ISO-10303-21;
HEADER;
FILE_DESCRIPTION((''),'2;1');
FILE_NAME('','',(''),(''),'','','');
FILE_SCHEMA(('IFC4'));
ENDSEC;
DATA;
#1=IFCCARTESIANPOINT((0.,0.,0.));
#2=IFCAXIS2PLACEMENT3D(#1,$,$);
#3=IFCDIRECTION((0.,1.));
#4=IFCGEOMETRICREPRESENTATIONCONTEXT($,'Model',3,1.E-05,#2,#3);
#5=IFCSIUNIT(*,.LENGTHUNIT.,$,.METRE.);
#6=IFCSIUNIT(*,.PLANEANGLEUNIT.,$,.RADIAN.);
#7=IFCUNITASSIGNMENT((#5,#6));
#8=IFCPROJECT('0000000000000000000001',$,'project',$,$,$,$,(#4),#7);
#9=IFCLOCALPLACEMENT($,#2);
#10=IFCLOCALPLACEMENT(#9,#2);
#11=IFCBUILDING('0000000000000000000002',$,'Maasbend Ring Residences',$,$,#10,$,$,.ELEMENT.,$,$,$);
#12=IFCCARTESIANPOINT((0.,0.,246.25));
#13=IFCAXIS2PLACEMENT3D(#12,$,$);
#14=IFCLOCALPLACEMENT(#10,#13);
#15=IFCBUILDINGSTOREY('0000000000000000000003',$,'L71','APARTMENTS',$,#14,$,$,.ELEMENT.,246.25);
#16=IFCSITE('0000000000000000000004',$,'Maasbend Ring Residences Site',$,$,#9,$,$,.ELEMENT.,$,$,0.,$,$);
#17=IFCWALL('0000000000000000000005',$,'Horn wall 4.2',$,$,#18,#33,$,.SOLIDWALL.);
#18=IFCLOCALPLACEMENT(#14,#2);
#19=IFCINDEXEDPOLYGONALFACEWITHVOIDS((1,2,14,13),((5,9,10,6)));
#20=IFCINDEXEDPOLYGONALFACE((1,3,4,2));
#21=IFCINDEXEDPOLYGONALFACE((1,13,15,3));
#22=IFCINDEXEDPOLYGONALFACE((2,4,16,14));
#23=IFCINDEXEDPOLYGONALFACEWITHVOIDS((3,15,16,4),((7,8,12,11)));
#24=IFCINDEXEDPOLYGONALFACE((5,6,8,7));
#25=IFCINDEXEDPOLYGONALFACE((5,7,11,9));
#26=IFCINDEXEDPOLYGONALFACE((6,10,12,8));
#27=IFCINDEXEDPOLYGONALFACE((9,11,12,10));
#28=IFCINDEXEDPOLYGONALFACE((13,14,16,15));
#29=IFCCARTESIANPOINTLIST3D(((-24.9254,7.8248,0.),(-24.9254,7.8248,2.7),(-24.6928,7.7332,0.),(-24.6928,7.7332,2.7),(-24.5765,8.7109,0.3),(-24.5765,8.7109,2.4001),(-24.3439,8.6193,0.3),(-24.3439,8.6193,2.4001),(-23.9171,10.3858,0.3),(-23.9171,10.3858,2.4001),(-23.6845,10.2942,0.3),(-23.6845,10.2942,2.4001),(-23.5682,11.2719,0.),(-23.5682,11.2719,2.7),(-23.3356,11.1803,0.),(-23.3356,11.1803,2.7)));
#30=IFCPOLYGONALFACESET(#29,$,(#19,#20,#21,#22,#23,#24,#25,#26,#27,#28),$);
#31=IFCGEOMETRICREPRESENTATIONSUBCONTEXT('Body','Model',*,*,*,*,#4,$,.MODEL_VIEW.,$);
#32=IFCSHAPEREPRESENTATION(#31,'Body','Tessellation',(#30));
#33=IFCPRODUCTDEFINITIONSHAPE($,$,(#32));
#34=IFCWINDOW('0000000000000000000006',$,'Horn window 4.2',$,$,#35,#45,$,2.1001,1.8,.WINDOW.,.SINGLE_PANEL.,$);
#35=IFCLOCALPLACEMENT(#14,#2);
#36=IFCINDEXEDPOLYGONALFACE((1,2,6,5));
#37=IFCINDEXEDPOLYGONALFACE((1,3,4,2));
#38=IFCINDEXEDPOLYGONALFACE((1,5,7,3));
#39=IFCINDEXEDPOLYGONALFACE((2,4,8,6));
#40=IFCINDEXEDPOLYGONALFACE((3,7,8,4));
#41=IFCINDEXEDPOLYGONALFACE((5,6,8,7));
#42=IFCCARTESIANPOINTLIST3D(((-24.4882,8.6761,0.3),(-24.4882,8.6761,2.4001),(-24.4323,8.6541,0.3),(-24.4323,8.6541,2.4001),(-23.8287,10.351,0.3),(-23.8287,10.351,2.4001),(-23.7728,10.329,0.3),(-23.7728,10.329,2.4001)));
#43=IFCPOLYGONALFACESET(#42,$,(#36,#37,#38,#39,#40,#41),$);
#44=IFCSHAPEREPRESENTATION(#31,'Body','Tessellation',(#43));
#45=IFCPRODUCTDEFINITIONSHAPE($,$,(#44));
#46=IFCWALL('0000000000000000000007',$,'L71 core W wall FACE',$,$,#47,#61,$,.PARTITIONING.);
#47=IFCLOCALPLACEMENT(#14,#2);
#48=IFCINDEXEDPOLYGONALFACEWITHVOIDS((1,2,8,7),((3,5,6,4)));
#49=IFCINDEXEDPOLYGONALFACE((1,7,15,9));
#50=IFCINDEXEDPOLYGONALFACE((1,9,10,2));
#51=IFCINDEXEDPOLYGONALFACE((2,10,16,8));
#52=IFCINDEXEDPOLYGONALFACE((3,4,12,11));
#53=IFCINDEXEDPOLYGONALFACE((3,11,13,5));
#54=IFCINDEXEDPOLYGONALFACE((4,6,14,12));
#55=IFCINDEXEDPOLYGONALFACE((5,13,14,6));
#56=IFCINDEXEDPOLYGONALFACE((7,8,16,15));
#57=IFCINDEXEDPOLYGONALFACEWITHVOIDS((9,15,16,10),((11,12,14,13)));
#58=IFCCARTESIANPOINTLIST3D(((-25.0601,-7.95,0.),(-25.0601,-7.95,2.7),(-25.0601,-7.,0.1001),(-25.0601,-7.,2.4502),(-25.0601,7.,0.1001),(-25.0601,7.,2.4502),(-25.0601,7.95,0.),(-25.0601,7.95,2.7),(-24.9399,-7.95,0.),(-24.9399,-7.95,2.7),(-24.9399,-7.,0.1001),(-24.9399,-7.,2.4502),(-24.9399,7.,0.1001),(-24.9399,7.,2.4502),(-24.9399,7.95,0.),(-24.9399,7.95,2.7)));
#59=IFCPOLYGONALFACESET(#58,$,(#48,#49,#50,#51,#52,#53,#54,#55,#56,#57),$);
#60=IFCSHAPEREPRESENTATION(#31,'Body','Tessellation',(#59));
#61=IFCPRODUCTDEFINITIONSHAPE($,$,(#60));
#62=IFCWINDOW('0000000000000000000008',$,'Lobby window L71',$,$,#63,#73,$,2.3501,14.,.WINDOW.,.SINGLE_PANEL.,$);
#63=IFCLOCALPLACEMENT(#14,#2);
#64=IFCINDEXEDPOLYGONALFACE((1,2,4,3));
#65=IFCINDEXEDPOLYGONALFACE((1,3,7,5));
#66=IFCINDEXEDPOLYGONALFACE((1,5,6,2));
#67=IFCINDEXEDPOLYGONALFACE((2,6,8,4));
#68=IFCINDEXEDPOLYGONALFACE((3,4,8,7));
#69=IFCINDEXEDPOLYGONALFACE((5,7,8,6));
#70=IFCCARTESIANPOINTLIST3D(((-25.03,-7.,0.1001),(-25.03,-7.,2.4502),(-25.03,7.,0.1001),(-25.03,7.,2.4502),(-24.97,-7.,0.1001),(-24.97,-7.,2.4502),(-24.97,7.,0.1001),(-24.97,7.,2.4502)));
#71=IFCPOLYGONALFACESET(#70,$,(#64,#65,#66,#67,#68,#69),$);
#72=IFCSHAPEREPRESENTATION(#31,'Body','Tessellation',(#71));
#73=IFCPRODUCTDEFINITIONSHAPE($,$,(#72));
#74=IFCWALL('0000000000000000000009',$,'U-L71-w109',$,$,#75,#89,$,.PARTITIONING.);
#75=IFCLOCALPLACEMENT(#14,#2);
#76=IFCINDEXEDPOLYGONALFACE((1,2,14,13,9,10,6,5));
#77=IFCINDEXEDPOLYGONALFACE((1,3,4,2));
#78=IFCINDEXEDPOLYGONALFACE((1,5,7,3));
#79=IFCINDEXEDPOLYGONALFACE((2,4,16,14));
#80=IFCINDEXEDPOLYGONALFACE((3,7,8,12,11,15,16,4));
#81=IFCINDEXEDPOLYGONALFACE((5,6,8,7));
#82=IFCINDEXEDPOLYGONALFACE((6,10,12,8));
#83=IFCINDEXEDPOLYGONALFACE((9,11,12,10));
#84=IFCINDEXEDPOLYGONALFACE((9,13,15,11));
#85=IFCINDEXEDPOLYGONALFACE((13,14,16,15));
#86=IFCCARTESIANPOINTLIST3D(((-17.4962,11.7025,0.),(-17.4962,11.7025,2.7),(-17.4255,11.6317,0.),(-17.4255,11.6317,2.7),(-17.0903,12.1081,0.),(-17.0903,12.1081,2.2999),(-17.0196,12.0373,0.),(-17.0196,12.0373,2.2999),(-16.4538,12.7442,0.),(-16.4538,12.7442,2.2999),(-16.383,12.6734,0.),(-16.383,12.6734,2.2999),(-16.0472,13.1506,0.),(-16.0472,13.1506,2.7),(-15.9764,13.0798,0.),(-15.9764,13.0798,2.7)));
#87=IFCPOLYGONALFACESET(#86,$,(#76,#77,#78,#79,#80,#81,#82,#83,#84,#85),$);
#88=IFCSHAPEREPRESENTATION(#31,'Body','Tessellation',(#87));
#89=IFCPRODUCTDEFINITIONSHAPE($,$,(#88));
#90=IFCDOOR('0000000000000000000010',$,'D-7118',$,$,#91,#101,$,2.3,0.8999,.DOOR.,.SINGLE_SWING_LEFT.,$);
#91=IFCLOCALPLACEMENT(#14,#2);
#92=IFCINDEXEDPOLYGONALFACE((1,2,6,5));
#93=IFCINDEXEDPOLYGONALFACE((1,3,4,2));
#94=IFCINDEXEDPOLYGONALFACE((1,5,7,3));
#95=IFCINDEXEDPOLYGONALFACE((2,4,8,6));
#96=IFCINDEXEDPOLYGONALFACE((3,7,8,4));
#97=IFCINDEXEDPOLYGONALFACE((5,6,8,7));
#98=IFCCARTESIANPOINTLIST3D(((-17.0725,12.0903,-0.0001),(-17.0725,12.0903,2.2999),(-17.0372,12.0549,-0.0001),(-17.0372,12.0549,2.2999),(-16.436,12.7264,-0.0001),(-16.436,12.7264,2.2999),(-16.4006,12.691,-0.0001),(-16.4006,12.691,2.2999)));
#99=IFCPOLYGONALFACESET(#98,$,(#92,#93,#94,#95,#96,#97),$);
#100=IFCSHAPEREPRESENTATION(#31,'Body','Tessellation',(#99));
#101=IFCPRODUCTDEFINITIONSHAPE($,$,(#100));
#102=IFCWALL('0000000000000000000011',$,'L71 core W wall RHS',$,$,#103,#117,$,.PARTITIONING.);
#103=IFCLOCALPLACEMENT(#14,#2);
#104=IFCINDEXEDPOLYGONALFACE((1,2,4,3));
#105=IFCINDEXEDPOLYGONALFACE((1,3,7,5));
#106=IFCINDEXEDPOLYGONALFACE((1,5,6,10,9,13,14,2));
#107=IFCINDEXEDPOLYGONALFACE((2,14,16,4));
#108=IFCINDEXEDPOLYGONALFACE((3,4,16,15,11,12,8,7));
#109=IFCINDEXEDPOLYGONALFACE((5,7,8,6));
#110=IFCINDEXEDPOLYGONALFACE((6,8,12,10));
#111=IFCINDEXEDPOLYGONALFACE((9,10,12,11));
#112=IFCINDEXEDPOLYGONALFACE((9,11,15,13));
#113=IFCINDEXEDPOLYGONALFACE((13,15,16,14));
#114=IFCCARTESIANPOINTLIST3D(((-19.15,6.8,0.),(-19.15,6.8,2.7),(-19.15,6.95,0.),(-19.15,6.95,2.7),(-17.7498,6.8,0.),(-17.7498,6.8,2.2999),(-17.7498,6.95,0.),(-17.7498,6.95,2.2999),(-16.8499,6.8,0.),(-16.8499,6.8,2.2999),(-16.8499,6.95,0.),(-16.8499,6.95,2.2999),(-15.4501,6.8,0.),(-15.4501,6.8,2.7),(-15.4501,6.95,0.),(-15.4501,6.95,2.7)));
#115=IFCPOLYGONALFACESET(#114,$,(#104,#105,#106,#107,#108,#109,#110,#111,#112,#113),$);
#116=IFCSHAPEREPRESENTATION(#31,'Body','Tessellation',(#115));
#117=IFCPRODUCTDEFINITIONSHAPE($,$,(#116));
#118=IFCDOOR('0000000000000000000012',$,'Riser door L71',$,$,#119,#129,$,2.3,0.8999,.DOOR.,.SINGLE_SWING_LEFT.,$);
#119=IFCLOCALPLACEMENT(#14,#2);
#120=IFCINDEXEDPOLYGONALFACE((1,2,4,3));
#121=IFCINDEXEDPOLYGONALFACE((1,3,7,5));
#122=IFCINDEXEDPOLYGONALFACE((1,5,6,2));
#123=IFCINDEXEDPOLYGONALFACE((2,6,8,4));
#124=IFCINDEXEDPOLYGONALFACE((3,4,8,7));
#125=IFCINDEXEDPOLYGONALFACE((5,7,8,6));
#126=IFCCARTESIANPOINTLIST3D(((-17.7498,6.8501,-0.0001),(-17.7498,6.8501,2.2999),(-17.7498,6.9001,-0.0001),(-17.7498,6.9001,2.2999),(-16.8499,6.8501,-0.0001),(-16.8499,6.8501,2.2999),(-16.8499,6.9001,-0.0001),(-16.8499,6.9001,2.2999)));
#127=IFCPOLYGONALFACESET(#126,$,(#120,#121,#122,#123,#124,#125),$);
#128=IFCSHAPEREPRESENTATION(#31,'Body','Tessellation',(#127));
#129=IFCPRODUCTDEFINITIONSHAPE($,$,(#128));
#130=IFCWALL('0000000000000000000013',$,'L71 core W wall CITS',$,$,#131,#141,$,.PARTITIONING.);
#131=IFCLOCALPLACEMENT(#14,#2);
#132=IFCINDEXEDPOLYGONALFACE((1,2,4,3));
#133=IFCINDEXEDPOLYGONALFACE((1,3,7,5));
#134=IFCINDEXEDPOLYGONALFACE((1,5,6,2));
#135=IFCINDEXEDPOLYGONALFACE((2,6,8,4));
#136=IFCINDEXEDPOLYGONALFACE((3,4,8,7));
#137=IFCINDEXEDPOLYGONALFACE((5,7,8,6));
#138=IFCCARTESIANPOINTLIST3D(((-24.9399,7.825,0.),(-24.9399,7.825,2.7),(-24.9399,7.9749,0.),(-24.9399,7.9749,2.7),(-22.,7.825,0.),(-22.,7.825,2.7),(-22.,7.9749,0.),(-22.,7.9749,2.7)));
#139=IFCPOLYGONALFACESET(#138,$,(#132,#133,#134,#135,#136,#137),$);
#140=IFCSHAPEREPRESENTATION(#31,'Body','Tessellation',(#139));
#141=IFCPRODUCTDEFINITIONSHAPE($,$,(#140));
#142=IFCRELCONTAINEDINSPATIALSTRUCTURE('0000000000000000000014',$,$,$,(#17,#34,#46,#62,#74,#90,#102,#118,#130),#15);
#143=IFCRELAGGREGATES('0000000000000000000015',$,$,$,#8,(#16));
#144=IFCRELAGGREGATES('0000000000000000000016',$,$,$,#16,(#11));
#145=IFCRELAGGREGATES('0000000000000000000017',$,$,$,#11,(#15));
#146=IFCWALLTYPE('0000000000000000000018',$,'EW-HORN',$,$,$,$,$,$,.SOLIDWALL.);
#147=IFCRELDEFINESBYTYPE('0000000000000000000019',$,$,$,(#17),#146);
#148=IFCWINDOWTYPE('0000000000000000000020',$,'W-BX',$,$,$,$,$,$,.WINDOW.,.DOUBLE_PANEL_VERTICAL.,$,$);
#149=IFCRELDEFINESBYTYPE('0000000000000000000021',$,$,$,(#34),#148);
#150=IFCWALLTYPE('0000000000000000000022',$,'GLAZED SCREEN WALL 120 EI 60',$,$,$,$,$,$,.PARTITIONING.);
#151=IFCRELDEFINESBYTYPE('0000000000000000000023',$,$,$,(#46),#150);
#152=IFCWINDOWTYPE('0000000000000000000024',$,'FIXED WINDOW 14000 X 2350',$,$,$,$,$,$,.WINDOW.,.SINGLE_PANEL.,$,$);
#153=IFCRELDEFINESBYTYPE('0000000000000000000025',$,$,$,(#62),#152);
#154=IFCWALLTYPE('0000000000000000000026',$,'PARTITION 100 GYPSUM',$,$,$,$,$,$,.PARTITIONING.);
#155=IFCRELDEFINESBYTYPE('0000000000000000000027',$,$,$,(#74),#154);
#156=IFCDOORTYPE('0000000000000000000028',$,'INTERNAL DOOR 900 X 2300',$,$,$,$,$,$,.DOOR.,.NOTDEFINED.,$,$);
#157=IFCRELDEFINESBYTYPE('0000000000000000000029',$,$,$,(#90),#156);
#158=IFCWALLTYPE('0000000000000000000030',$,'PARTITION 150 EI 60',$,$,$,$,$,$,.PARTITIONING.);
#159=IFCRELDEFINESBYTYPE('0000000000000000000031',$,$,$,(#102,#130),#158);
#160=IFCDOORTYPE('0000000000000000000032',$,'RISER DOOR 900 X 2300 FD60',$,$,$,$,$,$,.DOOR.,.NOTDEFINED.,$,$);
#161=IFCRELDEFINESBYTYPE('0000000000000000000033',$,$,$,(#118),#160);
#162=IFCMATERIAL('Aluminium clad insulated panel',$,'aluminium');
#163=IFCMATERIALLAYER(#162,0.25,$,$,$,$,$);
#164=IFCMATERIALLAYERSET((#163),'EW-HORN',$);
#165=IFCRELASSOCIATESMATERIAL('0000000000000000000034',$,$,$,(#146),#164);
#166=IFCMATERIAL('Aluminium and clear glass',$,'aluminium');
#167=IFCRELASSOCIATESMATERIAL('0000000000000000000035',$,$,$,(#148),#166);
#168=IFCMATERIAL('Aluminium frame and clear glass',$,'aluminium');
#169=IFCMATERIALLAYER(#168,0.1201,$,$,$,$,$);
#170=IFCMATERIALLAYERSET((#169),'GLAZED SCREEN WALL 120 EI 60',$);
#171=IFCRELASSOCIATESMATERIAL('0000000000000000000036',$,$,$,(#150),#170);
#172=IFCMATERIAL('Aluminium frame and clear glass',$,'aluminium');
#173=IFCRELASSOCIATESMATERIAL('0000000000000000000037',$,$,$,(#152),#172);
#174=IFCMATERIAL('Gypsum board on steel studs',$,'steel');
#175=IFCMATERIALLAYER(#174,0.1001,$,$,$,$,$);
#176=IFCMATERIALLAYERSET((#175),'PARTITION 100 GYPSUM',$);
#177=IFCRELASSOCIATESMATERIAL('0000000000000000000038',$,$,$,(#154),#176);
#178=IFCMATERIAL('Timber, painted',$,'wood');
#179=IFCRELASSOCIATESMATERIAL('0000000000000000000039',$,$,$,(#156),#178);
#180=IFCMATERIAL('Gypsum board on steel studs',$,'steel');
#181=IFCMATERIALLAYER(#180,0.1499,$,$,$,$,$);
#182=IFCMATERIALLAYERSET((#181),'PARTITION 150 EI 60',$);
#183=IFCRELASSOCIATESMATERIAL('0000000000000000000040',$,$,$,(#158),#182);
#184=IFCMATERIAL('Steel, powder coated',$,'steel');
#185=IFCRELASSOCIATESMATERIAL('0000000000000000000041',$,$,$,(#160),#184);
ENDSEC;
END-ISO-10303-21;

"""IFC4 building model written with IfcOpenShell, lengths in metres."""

from ifc_helpers import new_model, si_unit, direction, frame, frame_2d, origin, place, context, subcontext, project, spatial, rectangle, extrude, material, layer, layer_set, type_object, element, fill, save


model = new_model("IFC4")

# Units and contexts
model_context = context("Model", 3, precision=1e-05, world=origin(), true_north=direction((0.0, 1.0)))
body_context = subcontext(model_context, "Body", "Model", "MODEL_VIEW")
ifc_project = project(units=[si_unit("LENGTHUNIT", "METRE"), si_unit("PLANEANGLEUNIT", "RADIAN")], contexts=[model_context])

# Site, building, storey
site_placement = place(None, origin())
site = spatial("IfcSite", under=ifc_project, at=site_placement, Name="Maasbend Ring Residences Site", CompositionType="ELEMENT", RefElevation=0.0)
building_placement = place(site_placement, origin())
building = spatial("IfcBuilding", under=site, at=building_placement, Name="Maasbend Ring Residences", CompositionType="ELEMENT")
storey_placement = place(building_placement, frame((0.0, 0.0, 246.25)))
storey = spatial("IfcBuildingStorey", under=building, at=storey_placement, Name="L71", Description="APARTMENTS", CompositionType="ELEMENT", Elevation=246.25)

# Walls, openings, windows
ifc_material_1 = material(Name="Aluminium clad insulated panel", Category="aluminium")
ifc_layer_1 = layer(ifc_material_1, 0.25)
ifc_layer_set_1 = layer_set([ifc_layer_1], Name="EW-HORN")
wall_type_1 = type_object("IfcWallType", Name="EW-HORN", PredefinedType="SOLIDWALL", material=ifc_layer_set_1)
wall_1_placement = place(storey_placement, frame((-23.4519, 11.2261, 0.0), z_axis=(0.0, 0.0, 1.0), x_axis=(-0.366352, -0.930476, 0.0)))
wall_1 = element("IfcWall", 1, at=wall_1_placement, inside=storey, type_object=wall_type_1, Name="Horn wall 4.2", PredefinedType="SOLIDWALL", context=body_context, shape_type="SweptSolid", body=[
    extrude(rectangle(XDim=3.7046, YDim=0.25, at=frame_2d((1.8523, 0.0))), origin(), (0.0, 0.0, 1.0), 2.7),
])
opening_1_placement = place(wall_1_placement, frame((0.9524, 0.0, 0.3)))
opening_1 = element("IfcOpeningElement", 2, at=opening_1_placement, cuts=wall_1, PredefinedType="OPENING", context=body_context, shape_type="SweptSolid", body=[
    extrude(rectangle(XDim=1.8, YDim=2.1001, at=frame_2d((0.8999, 1.05))), frame((0.0, 0.135, 0.0), z_axis=(0.0, -1.0, 0.0), x_axis=(1.0, 0.0, 0.0)), (0.0, 0.0, 1.0), 0.27),
])
ifc_material_2 = material(Name="Aluminium and clear glass", Category="aluminium")
window_type_1 = type_object("IfcWindowType", Name="W-BX", PartitioningType="DOUBLE_PANEL_VERTICAL", PredefinedType="WINDOW", material=ifc_material_2)
window_1_placement = place(opening_1_placement, origin())
window_1 = element("IfcWindow", 3, at=window_1_placement, inside=storey, type_object=window_type_1, Name="Horn window 4.2", OverallHeight=2.1001, OverallWidth=1.8, PartitioningType="SINGLE_PANEL", PredefinedType="WINDOW", context=body_context, shape_type="SweptSolid", body=[
    extrude(rectangle(XDim=1.8, YDim=2.1001, at=frame_2d((0.8999, 1.05))), frame((0.0, 0.03, 0.0), z_axis=(0.0, -1.0, 0.0), x_axis=(1.0, 0.0, 0.0)), (0.0, 0.0, 1.0), 0.0601),
])
fill(opening_1, window_1)
ifc_material_3 = material(Name="Aluminium frame and clear glass", Category="aluminium")
ifc_layer_2 = layer(ifc_material_3, 0.1201)
ifc_layer_set_2 = layer_set([ifc_layer_2], Name="GLAZED SCREEN WALL 120 EI 60")
wall_type_2 = type_object("IfcWallType", Name="GLAZED SCREEN WALL 120 EI 60", PredefinedType="PARTITIONING", material=ifc_layer_set_2)
wall_2_placement = place(storey_placement, frame((-25.0, 7.95, 0.0), z_axis=(0.0, 0.0, 1.0), x_axis=(0.0, -1.0, 0.0)))
wall_2 = element("IfcWall", 4, at=wall_2_placement, inside=storey, type_object=wall_type_2, Name="L71 core W wall FACE", PredefinedType="PARTITIONING", context=body_context, shape_type="SweptSolid", body=[
    extrude(rectangle(XDim=15.8999, YDim=0.1201, at=frame_2d((7.95, 0.0))), origin(), (0.0, 0.0, 1.0), 2.7),
])
opening_2_placement = place(wall_2_placement, frame((0.95, 0.0, 0.1001)))
opening_2 = element("IfcOpeningElement", 5, at=opening_2_placement, cuts=wall_2, PredefinedType="OPENING", context=body_context, shape_type="SweptSolid", body=[
    extrude(rectangle(XDim=14.0, YDim=2.3501, at=frame_2d((7.0, 1.175))), frame((0.0, 0.0701, 0.0), z_axis=(0.0, -1.0, 0.0), x_axis=(1.0, 0.0, 0.0)), (0.0, 0.0, 1.0), 0.1401),
])
ifc_material_4 = material(Name="Aluminium frame and clear glass", Category="aluminium")
window_type_2 = type_object("IfcWindowType", Name="FIXED WINDOW 14000 X 2350", PartitioningType="SINGLE_PANEL", PredefinedType="WINDOW", material=ifc_material_4)
window_2_placement = place(opening_2_placement, origin())
window_2 = element("IfcWindow", 6, at=window_2_placement, inside=storey, type_object=window_type_2, Name="Lobby window L71", OverallHeight=2.3501, OverallWidth=14.0, PartitioningType="SINGLE_PANEL", PredefinedType="WINDOW", context=body_context, shape_type="SweptSolid", body=[
    extrude(rectangle(XDim=14.0, YDim=2.3501, at=frame_2d((7.0, 1.175))), frame((0.0, 0.03, 0.0), z_axis=(0.0, -1.0, 0.0), x_axis=(1.0, 0.0, 0.0)), (0.0, 0.0, 1.0), 0.0601),
])
fill(opening_2, window_2)

# Walls, openings, doors
ifc_material_5 = material(Name="Gypsum board on steel studs", Category="steel")
ifc_layer_3 = layer(ifc_material_5, 0.1001)
ifc_layer_set_3 = layer_set([ifc_layer_3], Name="PARTITION 100 GYPSUM")
wall_type_3 = type_object("IfcWallType", Name="PARTITION 100 GYPSUM", PredefinedType="PARTITIONING", material=ifc_layer_set_3)
wall_3_placement = place(storey_placement, frame((-17.4609, 11.667, 0.0), z_axis=(0.0, 0.0, 1.0), x_axis=(0.707345, 0.706868, 0.0)))
wall_3 = element("IfcWall", 7, at=wall_3_placement, inside=storey, type_object=wall_type_3, Name="U-L71-w109", PredefinedType="PARTITIONING", context=body_context, shape_type="SweptSolid", body=[
    extrude(rectangle(XDim=2.0486, YDim=0.1001, at=frame_2d((1.0244, 0.0))), origin(), (0.0, 0.0, 1.0), 2.7),
])
opening_3_placement = place(wall_3_placement, frame((0.574, 0.0, 0.0)))
opening_3 = element("IfcOpeningElement", 8, at=opening_3_placement, cuts=wall_3, PredefinedType="OPENING", context=body_context, shape_type="SweptSolid", body=[
    extrude(rectangle(XDim=0.8999, YDim=2.3, at=frame_2d((0.45, 1.1499))), frame((0.0, 0.0601, 0.0), z_axis=(0.0, -1.0, 0.0), x_axis=(1.0, 0.0, 0.0)), (0.0, 0.0, 1.0), 0.1201),
])
ifc_material_6 = material(Name="Timber, painted", Category="wood")
door_type_1 = type_object("IfcDoorType", Name="INTERNAL DOOR 900 X 2300", OperationType="NOTDEFINED", PredefinedType="DOOR", material=ifc_material_6)
door_1_placement = place(opening_3_placement, origin())
door_1 = element("IfcDoor", 9, at=door_1_placement, inside=storey, type_object=door_type_1, Name="D-7118", OperationType="SINGLE_SWING_LEFT", OverallHeight=2.3, OverallWidth=0.8999, PredefinedType="DOOR", context=body_context, shape_type="SweptSolid", body=[
    extrude(rectangle(XDim=0.8999, YDim=2.3, at=frame_2d((0.45, 1.1499))), frame((0.0, 0.0249, 0.0), z_axis=(0.0, -1.0, 0.0), x_axis=(1.0, 0.0, 0.0)), (0.0, 0.0, 1.0), 0.05),
])
fill(opening_3, door_1)
ifc_material_7 = material(Name="Gypsum board on steel studs", Category="steel")
ifc_layer_4 = layer(ifc_material_7, 0.1499)
ifc_layer_set_4 = layer_set([ifc_layer_4], Name="PARTITION 150 EI 60")
wall_type_4 = type_object("IfcWallType", Name="PARTITION 150 EI 60", PredefinedType="PARTITIONING", material=ifc_layer_set_4)
wall_4_placement = place(storey_placement, frame((-15.45, 6.875, 0.0), z_axis=(0.0, 0.0, 1.0), x_axis=(-1.0, 0.0, 0.0)))
wall_4 = element("IfcWall", 10, at=wall_4_placement, inside=storey, type_object=wall_type_4, Name="L71 core W wall RHS", PredefinedType="PARTITIONING", context=body_context, shape_type="SweptSolid", body=[
    extrude(rectangle(XDim=3.7, YDim=0.1499, at=frame_2d((1.8501, 0.0))), origin(), (0.0, 0.0, 1.0), 2.7),
])
opening_4_placement = place(wall_4_placement, frame((1.3999, 0.0, 0.0)))
opening_4 = element("IfcOpeningElement", 11, at=opening_4_placement, cuts=wall_4, PredefinedType="OPENING", context=body_context, shape_type="SweptSolid", body=[
    extrude(rectangle(XDim=0.8999, YDim=2.3, at=frame_2d((0.45, 1.1499))), frame((0.0, 0.085, 0.0), z_axis=(0.0, -1.0, 0.0), x_axis=(1.0, 0.0, 0.0)), (0.0, 0.0, 1.0), 0.1699),
])
ifc_material_8 = material(Name="Steel, powder coated", Category="steel")
door_type_2 = type_object("IfcDoorType", Name="RISER DOOR 900 X 2300 FD60", OperationType="NOTDEFINED", PredefinedType="DOOR", material=ifc_material_8)
door_2_placement = place(opening_4_placement, origin())
door_2 = element("IfcDoor", 12, at=door_2_placement, inside=storey, type_object=door_type_2, Name="Riser door L71", OperationType="SINGLE_SWING_LEFT", OverallHeight=2.3, OverallWidth=0.8999, PredefinedType="DOOR", context=body_context, shape_type="SweptSolid", body=[
    extrude(rectangle(XDim=0.8999, YDim=2.3, at=frame_2d((0.45, 1.1499))), frame((0.0, 0.0249, 0.0), z_axis=(0.0, -1.0, 0.0), x_axis=(1.0, 0.0, 0.0)), (0.0, 0.0, 1.0), 0.05),
])
fill(opening_4, door_2)

# Wall
wall_5_placement = place(storey_placement, frame((-22.0, 7.8999, 0.0), z_axis=(0.0, 0.0, 1.0), x_axis=(-1.0, 0.0, 0.0)))
element("IfcWall", 13, at=wall_5_placement, inside=storey, type_object=wall_type_4, Name="L71 core W wall CITS", PredefinedType="PARTITIONING", context=body_context, shape_type="SweptSolid", body=[
    extrude(rectangle(XDim=2.9399, YDim=0.1499, at=frame_2d((1.47, 0.0))), origin(), (0.0, 0.0, 1.0), 2.7),
])

save(model, "model.ifc")
